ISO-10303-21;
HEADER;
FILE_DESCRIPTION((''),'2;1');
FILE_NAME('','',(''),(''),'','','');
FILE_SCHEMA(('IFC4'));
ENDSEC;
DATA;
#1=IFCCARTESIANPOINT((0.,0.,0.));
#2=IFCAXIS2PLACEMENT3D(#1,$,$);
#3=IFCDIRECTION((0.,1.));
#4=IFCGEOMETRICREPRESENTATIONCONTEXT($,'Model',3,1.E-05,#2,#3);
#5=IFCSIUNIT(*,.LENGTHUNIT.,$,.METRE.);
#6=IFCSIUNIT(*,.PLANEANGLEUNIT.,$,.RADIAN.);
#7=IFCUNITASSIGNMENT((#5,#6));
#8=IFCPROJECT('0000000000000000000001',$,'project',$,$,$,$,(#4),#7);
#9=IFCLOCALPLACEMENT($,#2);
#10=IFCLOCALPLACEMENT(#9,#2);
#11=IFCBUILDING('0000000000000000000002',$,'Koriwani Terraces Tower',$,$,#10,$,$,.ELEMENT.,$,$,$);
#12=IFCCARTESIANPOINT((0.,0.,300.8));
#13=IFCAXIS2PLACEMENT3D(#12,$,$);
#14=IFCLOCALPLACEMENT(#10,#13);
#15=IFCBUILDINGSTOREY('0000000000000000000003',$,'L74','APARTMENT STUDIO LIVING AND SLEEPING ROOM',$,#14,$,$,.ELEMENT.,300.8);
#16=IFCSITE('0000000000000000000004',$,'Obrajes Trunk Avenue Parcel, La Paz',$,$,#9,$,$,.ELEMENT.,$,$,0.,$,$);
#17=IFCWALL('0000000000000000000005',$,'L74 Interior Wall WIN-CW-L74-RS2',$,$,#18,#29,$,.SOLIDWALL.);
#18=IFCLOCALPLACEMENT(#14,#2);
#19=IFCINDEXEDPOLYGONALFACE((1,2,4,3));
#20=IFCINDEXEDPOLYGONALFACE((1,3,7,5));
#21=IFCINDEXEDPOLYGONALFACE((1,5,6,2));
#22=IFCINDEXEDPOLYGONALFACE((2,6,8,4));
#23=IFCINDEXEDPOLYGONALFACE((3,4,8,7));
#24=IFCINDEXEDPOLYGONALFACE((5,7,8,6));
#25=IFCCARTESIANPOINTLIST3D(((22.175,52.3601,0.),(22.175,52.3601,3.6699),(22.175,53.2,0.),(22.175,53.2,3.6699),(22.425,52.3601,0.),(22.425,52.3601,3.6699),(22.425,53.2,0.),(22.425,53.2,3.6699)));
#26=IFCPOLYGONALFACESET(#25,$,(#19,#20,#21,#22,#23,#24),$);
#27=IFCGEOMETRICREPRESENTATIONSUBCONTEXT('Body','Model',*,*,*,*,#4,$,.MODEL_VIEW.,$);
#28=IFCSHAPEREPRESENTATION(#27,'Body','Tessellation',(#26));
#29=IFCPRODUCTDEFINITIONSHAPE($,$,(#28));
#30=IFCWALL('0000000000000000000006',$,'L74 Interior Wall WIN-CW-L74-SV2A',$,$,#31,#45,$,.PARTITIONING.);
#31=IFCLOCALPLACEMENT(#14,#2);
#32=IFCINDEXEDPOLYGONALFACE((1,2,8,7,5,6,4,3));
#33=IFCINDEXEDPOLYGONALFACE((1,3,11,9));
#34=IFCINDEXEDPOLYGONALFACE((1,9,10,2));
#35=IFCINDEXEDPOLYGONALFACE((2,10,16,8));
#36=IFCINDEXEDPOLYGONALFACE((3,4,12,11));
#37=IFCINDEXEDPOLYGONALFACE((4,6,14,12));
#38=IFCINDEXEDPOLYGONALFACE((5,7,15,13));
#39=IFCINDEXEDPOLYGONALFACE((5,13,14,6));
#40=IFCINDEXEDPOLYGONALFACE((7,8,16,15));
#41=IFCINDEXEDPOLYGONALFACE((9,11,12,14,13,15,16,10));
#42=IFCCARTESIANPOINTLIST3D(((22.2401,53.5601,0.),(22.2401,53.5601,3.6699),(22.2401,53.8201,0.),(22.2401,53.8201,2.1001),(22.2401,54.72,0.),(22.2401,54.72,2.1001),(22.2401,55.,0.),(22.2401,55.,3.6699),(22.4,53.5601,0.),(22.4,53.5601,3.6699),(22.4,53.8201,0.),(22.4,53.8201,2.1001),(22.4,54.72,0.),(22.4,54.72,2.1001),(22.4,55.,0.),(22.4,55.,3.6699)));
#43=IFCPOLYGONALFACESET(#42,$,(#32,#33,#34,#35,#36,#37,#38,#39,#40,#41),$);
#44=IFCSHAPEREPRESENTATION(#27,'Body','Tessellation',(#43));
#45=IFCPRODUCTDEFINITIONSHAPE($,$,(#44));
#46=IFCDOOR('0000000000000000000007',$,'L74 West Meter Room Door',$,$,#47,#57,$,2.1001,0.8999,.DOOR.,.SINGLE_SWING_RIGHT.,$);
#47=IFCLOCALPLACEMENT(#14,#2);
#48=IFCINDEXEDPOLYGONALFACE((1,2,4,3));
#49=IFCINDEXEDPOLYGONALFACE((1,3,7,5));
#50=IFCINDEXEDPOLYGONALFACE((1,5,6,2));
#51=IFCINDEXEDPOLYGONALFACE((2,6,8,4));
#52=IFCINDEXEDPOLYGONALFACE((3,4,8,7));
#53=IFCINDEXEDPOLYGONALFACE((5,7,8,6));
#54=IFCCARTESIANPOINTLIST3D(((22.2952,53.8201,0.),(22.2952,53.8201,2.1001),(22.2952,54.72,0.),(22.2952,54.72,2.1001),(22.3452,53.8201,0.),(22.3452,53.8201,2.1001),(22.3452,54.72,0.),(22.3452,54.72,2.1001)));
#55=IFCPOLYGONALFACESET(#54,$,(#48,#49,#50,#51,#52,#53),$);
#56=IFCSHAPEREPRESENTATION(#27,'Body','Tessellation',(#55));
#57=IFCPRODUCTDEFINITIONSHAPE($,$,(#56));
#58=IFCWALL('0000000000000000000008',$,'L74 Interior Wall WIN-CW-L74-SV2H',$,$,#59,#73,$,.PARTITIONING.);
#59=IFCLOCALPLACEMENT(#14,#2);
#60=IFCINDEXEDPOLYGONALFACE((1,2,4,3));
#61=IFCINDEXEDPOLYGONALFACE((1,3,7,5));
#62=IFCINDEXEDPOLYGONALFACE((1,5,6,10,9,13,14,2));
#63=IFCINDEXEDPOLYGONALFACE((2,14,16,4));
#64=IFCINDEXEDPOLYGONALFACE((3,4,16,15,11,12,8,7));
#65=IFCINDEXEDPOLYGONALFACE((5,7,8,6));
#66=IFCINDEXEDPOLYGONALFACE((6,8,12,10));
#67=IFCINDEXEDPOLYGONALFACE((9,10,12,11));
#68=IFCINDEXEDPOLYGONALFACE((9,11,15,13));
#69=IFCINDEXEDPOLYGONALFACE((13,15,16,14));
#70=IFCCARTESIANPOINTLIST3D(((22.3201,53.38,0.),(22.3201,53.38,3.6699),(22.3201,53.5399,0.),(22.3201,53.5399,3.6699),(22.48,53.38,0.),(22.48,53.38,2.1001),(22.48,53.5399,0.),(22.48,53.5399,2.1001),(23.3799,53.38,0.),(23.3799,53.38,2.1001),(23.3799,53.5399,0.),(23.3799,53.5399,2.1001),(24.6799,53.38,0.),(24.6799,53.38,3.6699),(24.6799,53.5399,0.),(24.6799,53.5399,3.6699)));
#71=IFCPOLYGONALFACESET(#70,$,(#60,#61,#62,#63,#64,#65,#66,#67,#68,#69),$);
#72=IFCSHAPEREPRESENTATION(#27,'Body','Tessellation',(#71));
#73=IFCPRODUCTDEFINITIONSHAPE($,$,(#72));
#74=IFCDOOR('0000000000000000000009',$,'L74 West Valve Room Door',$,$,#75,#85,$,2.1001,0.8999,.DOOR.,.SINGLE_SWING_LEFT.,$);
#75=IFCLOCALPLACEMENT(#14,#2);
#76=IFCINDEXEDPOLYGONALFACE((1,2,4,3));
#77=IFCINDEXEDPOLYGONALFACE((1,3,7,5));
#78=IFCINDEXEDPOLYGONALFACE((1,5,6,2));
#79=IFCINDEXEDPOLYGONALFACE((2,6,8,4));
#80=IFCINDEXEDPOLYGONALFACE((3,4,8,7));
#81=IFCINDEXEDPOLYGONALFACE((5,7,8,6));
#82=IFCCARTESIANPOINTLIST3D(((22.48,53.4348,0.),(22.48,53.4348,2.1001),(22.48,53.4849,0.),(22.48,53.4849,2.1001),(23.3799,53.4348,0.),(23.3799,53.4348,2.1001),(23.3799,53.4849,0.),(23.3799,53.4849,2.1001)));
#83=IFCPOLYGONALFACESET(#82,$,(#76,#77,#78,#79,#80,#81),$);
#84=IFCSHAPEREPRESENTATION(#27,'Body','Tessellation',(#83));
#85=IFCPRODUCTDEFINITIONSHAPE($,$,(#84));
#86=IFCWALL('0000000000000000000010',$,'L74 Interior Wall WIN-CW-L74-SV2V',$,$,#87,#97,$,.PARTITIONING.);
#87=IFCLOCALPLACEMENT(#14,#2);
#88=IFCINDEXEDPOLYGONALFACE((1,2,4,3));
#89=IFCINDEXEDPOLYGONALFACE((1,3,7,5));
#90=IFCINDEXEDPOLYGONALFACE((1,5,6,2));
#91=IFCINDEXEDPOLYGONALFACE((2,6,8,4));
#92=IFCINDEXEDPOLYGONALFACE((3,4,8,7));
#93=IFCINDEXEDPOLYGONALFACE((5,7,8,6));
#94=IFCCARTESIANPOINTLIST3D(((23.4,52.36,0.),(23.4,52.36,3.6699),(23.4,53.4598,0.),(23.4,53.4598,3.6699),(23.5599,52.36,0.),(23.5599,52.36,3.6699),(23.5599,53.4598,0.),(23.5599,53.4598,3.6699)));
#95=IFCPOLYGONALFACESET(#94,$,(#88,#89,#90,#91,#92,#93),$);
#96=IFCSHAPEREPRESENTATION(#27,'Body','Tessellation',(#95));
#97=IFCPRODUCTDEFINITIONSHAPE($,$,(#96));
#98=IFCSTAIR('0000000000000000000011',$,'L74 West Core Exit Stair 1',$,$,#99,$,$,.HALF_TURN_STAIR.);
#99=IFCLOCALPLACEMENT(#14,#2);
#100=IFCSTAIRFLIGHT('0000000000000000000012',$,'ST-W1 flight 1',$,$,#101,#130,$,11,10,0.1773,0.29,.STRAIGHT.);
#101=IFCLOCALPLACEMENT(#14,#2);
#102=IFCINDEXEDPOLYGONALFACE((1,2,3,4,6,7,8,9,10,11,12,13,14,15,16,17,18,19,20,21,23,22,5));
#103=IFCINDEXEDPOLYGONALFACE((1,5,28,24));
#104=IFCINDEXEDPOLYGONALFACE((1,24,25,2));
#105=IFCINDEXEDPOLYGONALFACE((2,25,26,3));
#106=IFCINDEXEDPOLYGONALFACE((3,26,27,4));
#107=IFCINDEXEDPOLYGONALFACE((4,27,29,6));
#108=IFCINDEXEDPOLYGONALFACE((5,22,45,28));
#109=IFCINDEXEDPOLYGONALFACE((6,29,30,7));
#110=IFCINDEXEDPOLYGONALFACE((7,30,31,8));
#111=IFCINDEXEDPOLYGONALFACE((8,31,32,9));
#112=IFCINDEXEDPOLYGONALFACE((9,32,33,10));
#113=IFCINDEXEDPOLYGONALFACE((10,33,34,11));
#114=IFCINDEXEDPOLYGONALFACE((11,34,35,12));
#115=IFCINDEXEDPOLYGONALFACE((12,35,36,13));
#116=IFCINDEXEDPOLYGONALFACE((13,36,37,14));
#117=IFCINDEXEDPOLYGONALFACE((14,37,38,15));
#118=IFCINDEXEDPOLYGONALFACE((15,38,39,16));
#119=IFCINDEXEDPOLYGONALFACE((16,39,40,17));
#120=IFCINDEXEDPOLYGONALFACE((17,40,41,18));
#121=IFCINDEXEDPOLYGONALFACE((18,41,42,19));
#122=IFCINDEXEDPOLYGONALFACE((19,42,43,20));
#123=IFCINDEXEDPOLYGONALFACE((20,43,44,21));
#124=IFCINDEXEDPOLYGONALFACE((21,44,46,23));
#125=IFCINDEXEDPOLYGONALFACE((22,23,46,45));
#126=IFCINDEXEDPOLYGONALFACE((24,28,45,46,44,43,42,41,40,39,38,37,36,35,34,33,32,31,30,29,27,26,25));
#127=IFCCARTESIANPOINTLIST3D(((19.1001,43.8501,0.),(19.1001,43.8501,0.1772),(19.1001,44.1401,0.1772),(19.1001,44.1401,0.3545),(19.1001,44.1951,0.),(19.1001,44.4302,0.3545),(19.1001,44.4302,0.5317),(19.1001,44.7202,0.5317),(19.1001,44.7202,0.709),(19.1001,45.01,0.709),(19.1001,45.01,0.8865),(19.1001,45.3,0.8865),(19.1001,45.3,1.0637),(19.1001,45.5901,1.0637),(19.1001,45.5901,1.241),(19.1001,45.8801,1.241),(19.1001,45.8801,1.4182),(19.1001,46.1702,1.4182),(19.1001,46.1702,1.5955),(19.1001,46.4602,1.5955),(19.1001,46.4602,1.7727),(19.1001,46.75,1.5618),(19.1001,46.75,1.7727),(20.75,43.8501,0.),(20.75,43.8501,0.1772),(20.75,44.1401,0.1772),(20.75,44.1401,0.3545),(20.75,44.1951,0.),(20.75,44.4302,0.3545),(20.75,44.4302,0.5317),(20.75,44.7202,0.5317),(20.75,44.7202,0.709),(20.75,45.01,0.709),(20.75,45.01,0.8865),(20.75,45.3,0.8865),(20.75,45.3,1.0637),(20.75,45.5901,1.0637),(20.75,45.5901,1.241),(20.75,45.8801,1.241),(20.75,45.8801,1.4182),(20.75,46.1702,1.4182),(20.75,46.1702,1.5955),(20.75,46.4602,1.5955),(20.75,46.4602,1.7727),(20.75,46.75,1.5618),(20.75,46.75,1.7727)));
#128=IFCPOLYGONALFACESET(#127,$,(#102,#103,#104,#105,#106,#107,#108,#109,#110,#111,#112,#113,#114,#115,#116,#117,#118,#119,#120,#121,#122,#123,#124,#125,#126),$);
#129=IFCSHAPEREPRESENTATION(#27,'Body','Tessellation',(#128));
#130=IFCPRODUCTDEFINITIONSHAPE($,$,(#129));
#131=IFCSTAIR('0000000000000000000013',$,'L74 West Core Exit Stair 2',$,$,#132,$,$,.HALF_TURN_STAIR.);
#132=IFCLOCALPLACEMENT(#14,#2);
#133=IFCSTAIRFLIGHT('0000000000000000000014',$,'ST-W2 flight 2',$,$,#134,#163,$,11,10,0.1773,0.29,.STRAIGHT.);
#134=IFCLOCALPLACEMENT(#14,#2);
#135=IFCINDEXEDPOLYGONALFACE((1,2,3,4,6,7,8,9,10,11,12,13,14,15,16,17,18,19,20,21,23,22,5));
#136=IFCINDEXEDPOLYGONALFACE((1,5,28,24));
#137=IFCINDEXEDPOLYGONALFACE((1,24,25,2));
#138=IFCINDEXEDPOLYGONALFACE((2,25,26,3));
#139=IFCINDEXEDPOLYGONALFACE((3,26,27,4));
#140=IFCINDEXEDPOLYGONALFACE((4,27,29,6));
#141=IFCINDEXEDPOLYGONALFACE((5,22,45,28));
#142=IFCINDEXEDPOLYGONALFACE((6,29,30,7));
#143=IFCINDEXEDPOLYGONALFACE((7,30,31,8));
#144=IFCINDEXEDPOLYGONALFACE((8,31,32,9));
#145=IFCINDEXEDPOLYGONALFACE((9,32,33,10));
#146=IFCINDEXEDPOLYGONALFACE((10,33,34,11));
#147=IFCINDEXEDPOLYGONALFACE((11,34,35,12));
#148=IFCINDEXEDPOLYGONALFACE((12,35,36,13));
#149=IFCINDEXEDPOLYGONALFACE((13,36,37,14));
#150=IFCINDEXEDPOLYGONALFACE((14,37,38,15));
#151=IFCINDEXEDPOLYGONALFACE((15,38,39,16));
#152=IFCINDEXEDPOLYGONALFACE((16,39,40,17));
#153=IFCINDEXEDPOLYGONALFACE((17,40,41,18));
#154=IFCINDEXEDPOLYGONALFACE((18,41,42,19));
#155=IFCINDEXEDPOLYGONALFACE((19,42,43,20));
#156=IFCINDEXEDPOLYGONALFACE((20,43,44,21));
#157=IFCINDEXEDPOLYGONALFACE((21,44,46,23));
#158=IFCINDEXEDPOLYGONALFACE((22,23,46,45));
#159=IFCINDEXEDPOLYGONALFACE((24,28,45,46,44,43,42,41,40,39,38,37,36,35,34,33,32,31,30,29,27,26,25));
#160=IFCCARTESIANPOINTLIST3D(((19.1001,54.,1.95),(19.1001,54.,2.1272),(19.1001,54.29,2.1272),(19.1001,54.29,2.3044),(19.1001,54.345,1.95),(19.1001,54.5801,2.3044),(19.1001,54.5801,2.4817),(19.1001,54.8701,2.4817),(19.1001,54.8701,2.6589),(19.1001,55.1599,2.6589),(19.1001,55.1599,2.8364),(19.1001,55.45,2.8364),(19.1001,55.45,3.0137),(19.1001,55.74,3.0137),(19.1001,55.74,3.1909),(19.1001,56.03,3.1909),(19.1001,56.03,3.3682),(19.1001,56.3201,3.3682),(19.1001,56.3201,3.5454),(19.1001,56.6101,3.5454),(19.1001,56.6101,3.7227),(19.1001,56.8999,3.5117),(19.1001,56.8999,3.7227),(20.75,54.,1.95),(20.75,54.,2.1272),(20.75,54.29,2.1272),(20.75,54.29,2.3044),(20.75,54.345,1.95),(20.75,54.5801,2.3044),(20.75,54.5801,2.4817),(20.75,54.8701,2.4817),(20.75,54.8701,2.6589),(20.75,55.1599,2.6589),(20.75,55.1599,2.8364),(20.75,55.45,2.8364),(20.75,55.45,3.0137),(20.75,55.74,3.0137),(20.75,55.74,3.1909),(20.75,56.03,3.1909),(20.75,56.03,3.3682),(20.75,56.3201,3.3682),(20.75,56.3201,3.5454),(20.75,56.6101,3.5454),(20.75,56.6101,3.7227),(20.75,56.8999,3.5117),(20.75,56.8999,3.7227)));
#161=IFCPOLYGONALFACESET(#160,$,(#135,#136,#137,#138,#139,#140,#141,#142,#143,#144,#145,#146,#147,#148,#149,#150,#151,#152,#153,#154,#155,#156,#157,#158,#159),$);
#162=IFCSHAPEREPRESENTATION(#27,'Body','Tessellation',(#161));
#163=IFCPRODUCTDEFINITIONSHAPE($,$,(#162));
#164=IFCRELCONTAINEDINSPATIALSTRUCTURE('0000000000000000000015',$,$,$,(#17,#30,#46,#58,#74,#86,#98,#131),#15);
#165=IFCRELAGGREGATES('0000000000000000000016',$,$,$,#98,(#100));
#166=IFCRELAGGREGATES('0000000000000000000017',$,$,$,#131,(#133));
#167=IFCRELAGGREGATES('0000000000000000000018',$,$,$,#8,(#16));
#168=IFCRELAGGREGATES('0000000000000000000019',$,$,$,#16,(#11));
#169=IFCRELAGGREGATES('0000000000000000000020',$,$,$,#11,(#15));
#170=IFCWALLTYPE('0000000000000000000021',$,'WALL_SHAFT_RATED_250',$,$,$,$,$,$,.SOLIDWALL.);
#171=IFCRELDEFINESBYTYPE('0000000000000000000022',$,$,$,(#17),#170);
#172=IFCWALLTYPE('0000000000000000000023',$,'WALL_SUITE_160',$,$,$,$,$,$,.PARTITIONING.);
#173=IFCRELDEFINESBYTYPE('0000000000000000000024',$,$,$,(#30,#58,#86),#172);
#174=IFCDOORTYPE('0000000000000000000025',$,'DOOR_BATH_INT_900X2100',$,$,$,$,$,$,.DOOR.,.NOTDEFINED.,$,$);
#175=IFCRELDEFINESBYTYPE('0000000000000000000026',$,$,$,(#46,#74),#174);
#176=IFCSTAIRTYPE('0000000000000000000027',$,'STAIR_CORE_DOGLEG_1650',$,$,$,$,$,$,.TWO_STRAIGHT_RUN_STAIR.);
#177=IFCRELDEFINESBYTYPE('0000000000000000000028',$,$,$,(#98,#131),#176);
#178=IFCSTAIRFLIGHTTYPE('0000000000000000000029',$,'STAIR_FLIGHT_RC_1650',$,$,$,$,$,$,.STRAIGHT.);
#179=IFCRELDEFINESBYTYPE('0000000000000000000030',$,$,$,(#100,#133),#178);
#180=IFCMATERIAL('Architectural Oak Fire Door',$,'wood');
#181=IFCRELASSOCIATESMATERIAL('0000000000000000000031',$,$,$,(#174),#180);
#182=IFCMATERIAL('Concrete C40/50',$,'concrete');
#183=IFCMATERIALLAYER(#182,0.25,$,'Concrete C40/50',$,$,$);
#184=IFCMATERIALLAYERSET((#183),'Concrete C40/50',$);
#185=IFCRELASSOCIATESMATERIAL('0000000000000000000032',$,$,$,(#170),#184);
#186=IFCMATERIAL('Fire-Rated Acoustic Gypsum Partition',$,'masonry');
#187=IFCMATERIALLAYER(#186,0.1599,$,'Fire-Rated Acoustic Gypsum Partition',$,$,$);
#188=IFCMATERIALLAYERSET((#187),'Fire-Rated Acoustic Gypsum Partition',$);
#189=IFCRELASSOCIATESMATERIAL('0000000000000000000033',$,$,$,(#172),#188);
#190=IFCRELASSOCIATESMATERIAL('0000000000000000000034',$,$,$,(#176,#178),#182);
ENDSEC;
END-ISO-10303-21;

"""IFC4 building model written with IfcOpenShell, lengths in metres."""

from ifc_helpers import new_model, si_unit, direction, frame, frame_2d, origin, place, context, subcontext, project, spatial, polyline, rectangle, outline, extrude, material, layer, layer_set, type_object, element, fill, aggregate, save


model = new_model("IFC4")

# Units and contexts
model_context = context("Model", 3, precision=1e-05, world=origin(), true_north=direction((0.0, 1.0)))
body_context = subcontext(model_context, "Body", "Model", "MODEL_VIEW")
ifc_project = project(units=[si_unit("LENGTHUNIT", "METRE"), si_unit("PLANEANGLEUNIT", "RADIAN")], contexts=[model_context])

# Site, building, storey
site_placement = place(None, origin())
site = spatial("IfcSite", under=ifc_project, at=site_placement, Name="Obrajes Trunk Avenue Parcel, La Paz", CompositionType="ELEMENT", RefElevation=0.0)
building_placement = place(site_placement, origin())
building = spatial("IfcBuilding", under=site, at=building_placement, Name="Koriwani Terraces Tower", CompositionType="ELEMENT")
storey_placement = place(building_placement, frame((0.0, 0.0, 300.8)))
storey = spatial("IfcBuildingStorey", under=building, at=storey_placement, Name="L74", Description="APARTMENT STUDIO LIVING AND SLEEPING ROOM", CompositionType="ELEMENT", Elevation=300.8)

# Shared definitions
ifc_material_1 = material(Name="Fire-Rated Acoustic Gypsum Partition", Category="masonry")
ifc_material_2 = material(Name="Architectural Oak Fire Door", Category="wood")
door_type_1 = type_object("IfcDoorType", Name="DOOR_BATH_INT_900X2100", OperationType="NOTDEFINED", PredefinedType="DOOR", material=ifc_material_2)

# Shared definitions
ifc_material_3 = material(Name="Concrete C40/50", Category="concrete")
ifc_layer_1 = layer(ifc_material_3, 0.25, Name="Concrete C40/50")
ifc_layer_set_1 = layer_set([ifc_layer_1], Name="Concrete C40/50")
wall_type_1 = type_object("IfcWallType", Name="WALL_SHAFT_RATED_250", PredefinedType="SOLIDWALL", material=ifc_layer_set_1)

# Wall
wall_1_placement = place(storey_placement, frame((22.3, 52.3601, 0.0), z_axis=(0.0, 0.0, 1.0), x_axis=(0.0, 1.0, 0.0)))
element("IfcWall", 1, at=wall_1_placement, inside=storey, type_object=wall_type_1, Name="L74 Interior Wall WIN-CW-L74-RS2", PredefinedType="SOLIDWALL", context=body_context, shape_type="SweptSolid", body=[
    extrude(rectangle(XDim=0.8398, YDim=0.25, at=frame_2d((0.4199, 0.0))), origin(), (0.0, 0.0, 1.0), 3.6699),
])

# Walls, openings, doors
ifc_layer_2 = layer(ifc_material_1, 0.1599, Name="Fire-Rated Acoustic Gypsum Partition")
ifc_layer_set_2 = layer_set([ifc_layer_2], Name="Fire-Rated Acoustic Gypsum Partition")
wall_type_2 = type_object("IfcWallType", Name="WALL_SUITE_160", PredefinedType="PARTITIONING", material=ifc_layer_set_2)
wall_2_placement = place(storey_placement, frame((22.3201, 53.5601, 0.0), z_axis=(0.0, 0.0, 1.0), x_axis=(0.0, 1.0, 0.0)))
wall_2 = element("IfcWall", 2, at=wall_2_placement, inside=storey, type_object=wall_type_2, Name="L74 Interior Wall WIN-CW-L74-SV2A", PredefinedType="PARTITIONING", context=body_context, shape_type="SweptSolid", body=[
    extrude(rectangle(XDim=1.4399, YDim=0.1599, at=frame_2d((0.72, 0.0))), origin(), (0.0, 0.0, 1.0), 3.6699),
])
opening_1_placement = place(wall_2_placement, frame((0.26, 0.0, 0.0)))
opening_1 = element("IfcOpeningElement", 3, at=opening_1_placement, cuts=wall_2, PredefinedType="OPENING", context=body_context, shape_type="SweptSolid", body=[
    extrude(rectangle(XDim=0.8999, YDim=2.1001, at=frame_2d((0.45, 1.05))), frame((0.0, 0.0898, 0.0), z_axis=(0.0, -1.0, 0.0), x_axis=(1.0, 0.0, 0.0)), (0.0, 0.0, 1.0), 0.1799),
])
door_1_placement = place(opening_1_placement, origin())
door_1 = element("IfcDoor", 4, at=door_1_placement, inside=storey, type_object=door_type_1, Name="L74 West Meter Room Door", OperationType="SINGLE_SWING_RIGHT", OverallHeight=2.1001, OverallWidth=0.8999, PredefinedType="DOOR", context=body_context, shape_type="SweptSolid", body=[
    extrude(rectangle(XDim=0.8999, YDim=2.1001, at=frame_2d((0.45, 1.05))), frame((0.0, 0.0249, 0.0), z_axis=(0.0, -1.0, 0.0), x_axis=(1.0, 0.0, 0.0)), (0.0, 0.0, 1.0), 0.05),
])
fill(opening_1, door_1)
wall_3_placement = place(storey_placement, frame((22.3201, 53.46, 0.0), z_axis=(0.0, 0.0, 1.0), x_axis=(1.0, 0.0, 0.0)))
wall_3 = element("IfcWall", 5, at=wall_3_placement, inside=storey, type_object=wall_type_2, Name="L74 Interior Wall WIN-CW-L74-SV2H", PredefinedType="PARTITIONING", context=body_context, shape_type="SweptSolid", body=[
    extrude(rectangle(XDim=2.3599, YDim=0.1599, at=frame_2d((1.1799, 0.0))), origin(), (0.0, 0.0, 1.0), 3.6699),
])
opening_2_placement = place(wall_3_placement, frame((0.1599, 0.0, 0.0)))
opening_2 = element("IfcOpeningElement", 6, at=opening_2_placement, cuts=wall_3, PredefinedType="OPENING", context=body_context, shape_type="SweptSolid", body=[
    extrude(rectangle(XDim=0.8999, YDim=2.1001, at=frame_2d((0.45, 1.05))), frame((0.0, 0.0898, 0.0), z_axis=(0.0, -1.0, 0.0), x_axis=(1.0, 0.0, 0.0)), (0.0, 0.0, 1.0), 0.1799),
])
door_2_placement = place(opening_2_placement, origin())
door_2 = element("IfcDoor", 7, at=door_2_placement, inside=storey, type_object=door_type_1, Name="L74 West Valve Room Door", OperationType="SINGLE_SWING_LEFT", OverallHeight=2.1001, OverallWidth=0.8999, PredefinedType="DOOR", context=body_context, shape_type="SweptSolid", body=[
    extrude(rectangle(XDim=0.8999, YDim=2.1001, at=frame_2d((0.45, 1.05))), frame((0.0, 0.0249, 0.0), z_axis=(0.0, -1.0, 0.0), x_axis=(1.0, 0.0, 0.0)), (0.0, 0.0, 1.0), 0.05),
])
fill(opening_2, door_2)

# Wall
wall_4_placement = place(storey_placement, frame((23.48, 52.3601, 0.0), z_axis=(0.0, 0.0, 1.0), x_axis=(0.0, 1.0, 0.0)))
element("IfcWall", 8, at=wall_4_placement, inside=storey, type_object=wall_type_2, Name="L74 Interior Wall WIN-CW-L74-SV2V", PredefinedType="PARTITIONING", context=body_context, shape_type="SweptSolid", body=[
    extrude(rectangle(XDim=1.0999, YDim=0.1599, at=frame_2d((0.5498, 0.0))), origin(), (0.0, 0.0, 1.0), 3.6699),
])

# Stairs, stair flights
stair_type = type_object("IfcStairType", Name="STAIR_CORE_DOGLEG_1650", PredefinedType="TWO_STRAIGHT_RUN_STAIR", material=ifc_material_3)
stair_1_placement = place(storey_placement, origin())
stair_1 = element("IfcStair", 9, at=stair_1_placement, inside=storey, type_object=stair_type, Name="L74 West Core Exit Stair 1", PredefinedType="HALF_TURN_STAIR")
stair_flight_type = type_object("IfcStairFlightType", Name="STAIR_FLIGHT_RC_1650", PredefinedType="STRAIGHT", material=ifc_material_3)
stair_flight_1_placement = place(storey_placement, frame((19.925, 43.8501, 0.0), z_axis=(0.0, 0.0, 1.0), x_axis=(0.0, 1.0, 0.0)))
stair_flight_1 = element("IfcStairFlight", 10, at=stair_flight_1_placement, type_object=stair_flight_type, Name="ST-W1 flight 1", NumberOfRisers=11, NumberOfTreads=10, PredefinedType="STRAIGHT", RiserHeight=0.1773, TreadLength=0.29, context=body_context, shape_type="SweptSolid", body=[
    extrude(outline(polyline([(0.0, 0.0), (0.0, 0.1772), (0.29, 0.1772), (0.29, 0.3545), (0.5801, 0.3545), (0.5801, 0.5317), (0.8701, 0.5317), (0.8701, 0.709), (1.1599, 0.709), (1.1599, 0.8865), (1.45, 0.8865), (1.45, 1.0637), (1.74, 1.0637), (1.74, 1.241), (2.03, 1.241), (2.03, 1.4182), (2.3201, 1.4182), (2.3201, 1.5955), (2.6101, 1.5955), (2.6101, 1.7727), (2.8999, 1.7727), (2.8999, 1.95), (2.8999, 1.5618), (0.345, 0.0), (0.0, 0.0)])), frame((0.0, 0.825, 0.0), z_axis=(0.0, -1.0, 0.0), x_axis=(1.0, 0.0, 0.0)), (0.0, 0.0, 1.0), 1.6499),
])
aggregate(stair_1, [stair_flight_1])
stair_2_placement = place(storey_placement, origin())
stair_2 = element("IfcStair", 11, at=stair_2_placement, inside=storey, type_object=stair_type, Name="L74 West Core Exit Stair 2", PredefinedType="HALF_TURN_STAIR")
stair_flight_2_placement = place(storey_placement, frame((19.925, 54.0, 1.95), z_axis=(0.0, 0.0, 1.0), x_axis=(0.0, 1.0, 0.0)))
stair_flight_2 = element("IfcStairFlight", 12, at=stair_flight_2_placement, type_object=stair_flight_type, Name="ST-W2 flight 2", NumberOfRisers=11, NumberOfTreads=10, PredefinedType="STRAIGHT", RiserHeight=0.1773, TreadLength=0.29, context=body_context, shape_type="SweptSolid", body=[
    extrude(outline(polyline([(0.0, 0.0), (0.0, 0.1772), (0.29, 0.1772), (0.29, 0.3545), (0.5801, 0.3545), (0.5801, 0.5317), (0.8701, 0.5317), (0.8701, 0.709), (1.1599, 0.709), (1.1599, 0.8865), (1.45, 0.8865), (1.45, 1.0637), (1.74, 1.0637), (1.74, 1.241), (2.03, 1.241), (2.03, 1.4182), (2.3201, 1.4182), (2.3201, 1.5955), (2.6101, 1.5955), (2.6101, 1.7727), (2.8999, 1.7727), (2.8999, 1.95), (2.8999, 1.5618), (0.345, 0.0), (0.0, 0.0)])), frame((0.0, 0.825, 0.0), z_axis=(0.0, -1.0, 0.0), x_axis=(1.0, 0.0, 0.0)), (0.0, 0.0, 1.0), 1.6499),
])
aggregate(stair_2, [stair_flight_2])

save(model, "model.ifc")
